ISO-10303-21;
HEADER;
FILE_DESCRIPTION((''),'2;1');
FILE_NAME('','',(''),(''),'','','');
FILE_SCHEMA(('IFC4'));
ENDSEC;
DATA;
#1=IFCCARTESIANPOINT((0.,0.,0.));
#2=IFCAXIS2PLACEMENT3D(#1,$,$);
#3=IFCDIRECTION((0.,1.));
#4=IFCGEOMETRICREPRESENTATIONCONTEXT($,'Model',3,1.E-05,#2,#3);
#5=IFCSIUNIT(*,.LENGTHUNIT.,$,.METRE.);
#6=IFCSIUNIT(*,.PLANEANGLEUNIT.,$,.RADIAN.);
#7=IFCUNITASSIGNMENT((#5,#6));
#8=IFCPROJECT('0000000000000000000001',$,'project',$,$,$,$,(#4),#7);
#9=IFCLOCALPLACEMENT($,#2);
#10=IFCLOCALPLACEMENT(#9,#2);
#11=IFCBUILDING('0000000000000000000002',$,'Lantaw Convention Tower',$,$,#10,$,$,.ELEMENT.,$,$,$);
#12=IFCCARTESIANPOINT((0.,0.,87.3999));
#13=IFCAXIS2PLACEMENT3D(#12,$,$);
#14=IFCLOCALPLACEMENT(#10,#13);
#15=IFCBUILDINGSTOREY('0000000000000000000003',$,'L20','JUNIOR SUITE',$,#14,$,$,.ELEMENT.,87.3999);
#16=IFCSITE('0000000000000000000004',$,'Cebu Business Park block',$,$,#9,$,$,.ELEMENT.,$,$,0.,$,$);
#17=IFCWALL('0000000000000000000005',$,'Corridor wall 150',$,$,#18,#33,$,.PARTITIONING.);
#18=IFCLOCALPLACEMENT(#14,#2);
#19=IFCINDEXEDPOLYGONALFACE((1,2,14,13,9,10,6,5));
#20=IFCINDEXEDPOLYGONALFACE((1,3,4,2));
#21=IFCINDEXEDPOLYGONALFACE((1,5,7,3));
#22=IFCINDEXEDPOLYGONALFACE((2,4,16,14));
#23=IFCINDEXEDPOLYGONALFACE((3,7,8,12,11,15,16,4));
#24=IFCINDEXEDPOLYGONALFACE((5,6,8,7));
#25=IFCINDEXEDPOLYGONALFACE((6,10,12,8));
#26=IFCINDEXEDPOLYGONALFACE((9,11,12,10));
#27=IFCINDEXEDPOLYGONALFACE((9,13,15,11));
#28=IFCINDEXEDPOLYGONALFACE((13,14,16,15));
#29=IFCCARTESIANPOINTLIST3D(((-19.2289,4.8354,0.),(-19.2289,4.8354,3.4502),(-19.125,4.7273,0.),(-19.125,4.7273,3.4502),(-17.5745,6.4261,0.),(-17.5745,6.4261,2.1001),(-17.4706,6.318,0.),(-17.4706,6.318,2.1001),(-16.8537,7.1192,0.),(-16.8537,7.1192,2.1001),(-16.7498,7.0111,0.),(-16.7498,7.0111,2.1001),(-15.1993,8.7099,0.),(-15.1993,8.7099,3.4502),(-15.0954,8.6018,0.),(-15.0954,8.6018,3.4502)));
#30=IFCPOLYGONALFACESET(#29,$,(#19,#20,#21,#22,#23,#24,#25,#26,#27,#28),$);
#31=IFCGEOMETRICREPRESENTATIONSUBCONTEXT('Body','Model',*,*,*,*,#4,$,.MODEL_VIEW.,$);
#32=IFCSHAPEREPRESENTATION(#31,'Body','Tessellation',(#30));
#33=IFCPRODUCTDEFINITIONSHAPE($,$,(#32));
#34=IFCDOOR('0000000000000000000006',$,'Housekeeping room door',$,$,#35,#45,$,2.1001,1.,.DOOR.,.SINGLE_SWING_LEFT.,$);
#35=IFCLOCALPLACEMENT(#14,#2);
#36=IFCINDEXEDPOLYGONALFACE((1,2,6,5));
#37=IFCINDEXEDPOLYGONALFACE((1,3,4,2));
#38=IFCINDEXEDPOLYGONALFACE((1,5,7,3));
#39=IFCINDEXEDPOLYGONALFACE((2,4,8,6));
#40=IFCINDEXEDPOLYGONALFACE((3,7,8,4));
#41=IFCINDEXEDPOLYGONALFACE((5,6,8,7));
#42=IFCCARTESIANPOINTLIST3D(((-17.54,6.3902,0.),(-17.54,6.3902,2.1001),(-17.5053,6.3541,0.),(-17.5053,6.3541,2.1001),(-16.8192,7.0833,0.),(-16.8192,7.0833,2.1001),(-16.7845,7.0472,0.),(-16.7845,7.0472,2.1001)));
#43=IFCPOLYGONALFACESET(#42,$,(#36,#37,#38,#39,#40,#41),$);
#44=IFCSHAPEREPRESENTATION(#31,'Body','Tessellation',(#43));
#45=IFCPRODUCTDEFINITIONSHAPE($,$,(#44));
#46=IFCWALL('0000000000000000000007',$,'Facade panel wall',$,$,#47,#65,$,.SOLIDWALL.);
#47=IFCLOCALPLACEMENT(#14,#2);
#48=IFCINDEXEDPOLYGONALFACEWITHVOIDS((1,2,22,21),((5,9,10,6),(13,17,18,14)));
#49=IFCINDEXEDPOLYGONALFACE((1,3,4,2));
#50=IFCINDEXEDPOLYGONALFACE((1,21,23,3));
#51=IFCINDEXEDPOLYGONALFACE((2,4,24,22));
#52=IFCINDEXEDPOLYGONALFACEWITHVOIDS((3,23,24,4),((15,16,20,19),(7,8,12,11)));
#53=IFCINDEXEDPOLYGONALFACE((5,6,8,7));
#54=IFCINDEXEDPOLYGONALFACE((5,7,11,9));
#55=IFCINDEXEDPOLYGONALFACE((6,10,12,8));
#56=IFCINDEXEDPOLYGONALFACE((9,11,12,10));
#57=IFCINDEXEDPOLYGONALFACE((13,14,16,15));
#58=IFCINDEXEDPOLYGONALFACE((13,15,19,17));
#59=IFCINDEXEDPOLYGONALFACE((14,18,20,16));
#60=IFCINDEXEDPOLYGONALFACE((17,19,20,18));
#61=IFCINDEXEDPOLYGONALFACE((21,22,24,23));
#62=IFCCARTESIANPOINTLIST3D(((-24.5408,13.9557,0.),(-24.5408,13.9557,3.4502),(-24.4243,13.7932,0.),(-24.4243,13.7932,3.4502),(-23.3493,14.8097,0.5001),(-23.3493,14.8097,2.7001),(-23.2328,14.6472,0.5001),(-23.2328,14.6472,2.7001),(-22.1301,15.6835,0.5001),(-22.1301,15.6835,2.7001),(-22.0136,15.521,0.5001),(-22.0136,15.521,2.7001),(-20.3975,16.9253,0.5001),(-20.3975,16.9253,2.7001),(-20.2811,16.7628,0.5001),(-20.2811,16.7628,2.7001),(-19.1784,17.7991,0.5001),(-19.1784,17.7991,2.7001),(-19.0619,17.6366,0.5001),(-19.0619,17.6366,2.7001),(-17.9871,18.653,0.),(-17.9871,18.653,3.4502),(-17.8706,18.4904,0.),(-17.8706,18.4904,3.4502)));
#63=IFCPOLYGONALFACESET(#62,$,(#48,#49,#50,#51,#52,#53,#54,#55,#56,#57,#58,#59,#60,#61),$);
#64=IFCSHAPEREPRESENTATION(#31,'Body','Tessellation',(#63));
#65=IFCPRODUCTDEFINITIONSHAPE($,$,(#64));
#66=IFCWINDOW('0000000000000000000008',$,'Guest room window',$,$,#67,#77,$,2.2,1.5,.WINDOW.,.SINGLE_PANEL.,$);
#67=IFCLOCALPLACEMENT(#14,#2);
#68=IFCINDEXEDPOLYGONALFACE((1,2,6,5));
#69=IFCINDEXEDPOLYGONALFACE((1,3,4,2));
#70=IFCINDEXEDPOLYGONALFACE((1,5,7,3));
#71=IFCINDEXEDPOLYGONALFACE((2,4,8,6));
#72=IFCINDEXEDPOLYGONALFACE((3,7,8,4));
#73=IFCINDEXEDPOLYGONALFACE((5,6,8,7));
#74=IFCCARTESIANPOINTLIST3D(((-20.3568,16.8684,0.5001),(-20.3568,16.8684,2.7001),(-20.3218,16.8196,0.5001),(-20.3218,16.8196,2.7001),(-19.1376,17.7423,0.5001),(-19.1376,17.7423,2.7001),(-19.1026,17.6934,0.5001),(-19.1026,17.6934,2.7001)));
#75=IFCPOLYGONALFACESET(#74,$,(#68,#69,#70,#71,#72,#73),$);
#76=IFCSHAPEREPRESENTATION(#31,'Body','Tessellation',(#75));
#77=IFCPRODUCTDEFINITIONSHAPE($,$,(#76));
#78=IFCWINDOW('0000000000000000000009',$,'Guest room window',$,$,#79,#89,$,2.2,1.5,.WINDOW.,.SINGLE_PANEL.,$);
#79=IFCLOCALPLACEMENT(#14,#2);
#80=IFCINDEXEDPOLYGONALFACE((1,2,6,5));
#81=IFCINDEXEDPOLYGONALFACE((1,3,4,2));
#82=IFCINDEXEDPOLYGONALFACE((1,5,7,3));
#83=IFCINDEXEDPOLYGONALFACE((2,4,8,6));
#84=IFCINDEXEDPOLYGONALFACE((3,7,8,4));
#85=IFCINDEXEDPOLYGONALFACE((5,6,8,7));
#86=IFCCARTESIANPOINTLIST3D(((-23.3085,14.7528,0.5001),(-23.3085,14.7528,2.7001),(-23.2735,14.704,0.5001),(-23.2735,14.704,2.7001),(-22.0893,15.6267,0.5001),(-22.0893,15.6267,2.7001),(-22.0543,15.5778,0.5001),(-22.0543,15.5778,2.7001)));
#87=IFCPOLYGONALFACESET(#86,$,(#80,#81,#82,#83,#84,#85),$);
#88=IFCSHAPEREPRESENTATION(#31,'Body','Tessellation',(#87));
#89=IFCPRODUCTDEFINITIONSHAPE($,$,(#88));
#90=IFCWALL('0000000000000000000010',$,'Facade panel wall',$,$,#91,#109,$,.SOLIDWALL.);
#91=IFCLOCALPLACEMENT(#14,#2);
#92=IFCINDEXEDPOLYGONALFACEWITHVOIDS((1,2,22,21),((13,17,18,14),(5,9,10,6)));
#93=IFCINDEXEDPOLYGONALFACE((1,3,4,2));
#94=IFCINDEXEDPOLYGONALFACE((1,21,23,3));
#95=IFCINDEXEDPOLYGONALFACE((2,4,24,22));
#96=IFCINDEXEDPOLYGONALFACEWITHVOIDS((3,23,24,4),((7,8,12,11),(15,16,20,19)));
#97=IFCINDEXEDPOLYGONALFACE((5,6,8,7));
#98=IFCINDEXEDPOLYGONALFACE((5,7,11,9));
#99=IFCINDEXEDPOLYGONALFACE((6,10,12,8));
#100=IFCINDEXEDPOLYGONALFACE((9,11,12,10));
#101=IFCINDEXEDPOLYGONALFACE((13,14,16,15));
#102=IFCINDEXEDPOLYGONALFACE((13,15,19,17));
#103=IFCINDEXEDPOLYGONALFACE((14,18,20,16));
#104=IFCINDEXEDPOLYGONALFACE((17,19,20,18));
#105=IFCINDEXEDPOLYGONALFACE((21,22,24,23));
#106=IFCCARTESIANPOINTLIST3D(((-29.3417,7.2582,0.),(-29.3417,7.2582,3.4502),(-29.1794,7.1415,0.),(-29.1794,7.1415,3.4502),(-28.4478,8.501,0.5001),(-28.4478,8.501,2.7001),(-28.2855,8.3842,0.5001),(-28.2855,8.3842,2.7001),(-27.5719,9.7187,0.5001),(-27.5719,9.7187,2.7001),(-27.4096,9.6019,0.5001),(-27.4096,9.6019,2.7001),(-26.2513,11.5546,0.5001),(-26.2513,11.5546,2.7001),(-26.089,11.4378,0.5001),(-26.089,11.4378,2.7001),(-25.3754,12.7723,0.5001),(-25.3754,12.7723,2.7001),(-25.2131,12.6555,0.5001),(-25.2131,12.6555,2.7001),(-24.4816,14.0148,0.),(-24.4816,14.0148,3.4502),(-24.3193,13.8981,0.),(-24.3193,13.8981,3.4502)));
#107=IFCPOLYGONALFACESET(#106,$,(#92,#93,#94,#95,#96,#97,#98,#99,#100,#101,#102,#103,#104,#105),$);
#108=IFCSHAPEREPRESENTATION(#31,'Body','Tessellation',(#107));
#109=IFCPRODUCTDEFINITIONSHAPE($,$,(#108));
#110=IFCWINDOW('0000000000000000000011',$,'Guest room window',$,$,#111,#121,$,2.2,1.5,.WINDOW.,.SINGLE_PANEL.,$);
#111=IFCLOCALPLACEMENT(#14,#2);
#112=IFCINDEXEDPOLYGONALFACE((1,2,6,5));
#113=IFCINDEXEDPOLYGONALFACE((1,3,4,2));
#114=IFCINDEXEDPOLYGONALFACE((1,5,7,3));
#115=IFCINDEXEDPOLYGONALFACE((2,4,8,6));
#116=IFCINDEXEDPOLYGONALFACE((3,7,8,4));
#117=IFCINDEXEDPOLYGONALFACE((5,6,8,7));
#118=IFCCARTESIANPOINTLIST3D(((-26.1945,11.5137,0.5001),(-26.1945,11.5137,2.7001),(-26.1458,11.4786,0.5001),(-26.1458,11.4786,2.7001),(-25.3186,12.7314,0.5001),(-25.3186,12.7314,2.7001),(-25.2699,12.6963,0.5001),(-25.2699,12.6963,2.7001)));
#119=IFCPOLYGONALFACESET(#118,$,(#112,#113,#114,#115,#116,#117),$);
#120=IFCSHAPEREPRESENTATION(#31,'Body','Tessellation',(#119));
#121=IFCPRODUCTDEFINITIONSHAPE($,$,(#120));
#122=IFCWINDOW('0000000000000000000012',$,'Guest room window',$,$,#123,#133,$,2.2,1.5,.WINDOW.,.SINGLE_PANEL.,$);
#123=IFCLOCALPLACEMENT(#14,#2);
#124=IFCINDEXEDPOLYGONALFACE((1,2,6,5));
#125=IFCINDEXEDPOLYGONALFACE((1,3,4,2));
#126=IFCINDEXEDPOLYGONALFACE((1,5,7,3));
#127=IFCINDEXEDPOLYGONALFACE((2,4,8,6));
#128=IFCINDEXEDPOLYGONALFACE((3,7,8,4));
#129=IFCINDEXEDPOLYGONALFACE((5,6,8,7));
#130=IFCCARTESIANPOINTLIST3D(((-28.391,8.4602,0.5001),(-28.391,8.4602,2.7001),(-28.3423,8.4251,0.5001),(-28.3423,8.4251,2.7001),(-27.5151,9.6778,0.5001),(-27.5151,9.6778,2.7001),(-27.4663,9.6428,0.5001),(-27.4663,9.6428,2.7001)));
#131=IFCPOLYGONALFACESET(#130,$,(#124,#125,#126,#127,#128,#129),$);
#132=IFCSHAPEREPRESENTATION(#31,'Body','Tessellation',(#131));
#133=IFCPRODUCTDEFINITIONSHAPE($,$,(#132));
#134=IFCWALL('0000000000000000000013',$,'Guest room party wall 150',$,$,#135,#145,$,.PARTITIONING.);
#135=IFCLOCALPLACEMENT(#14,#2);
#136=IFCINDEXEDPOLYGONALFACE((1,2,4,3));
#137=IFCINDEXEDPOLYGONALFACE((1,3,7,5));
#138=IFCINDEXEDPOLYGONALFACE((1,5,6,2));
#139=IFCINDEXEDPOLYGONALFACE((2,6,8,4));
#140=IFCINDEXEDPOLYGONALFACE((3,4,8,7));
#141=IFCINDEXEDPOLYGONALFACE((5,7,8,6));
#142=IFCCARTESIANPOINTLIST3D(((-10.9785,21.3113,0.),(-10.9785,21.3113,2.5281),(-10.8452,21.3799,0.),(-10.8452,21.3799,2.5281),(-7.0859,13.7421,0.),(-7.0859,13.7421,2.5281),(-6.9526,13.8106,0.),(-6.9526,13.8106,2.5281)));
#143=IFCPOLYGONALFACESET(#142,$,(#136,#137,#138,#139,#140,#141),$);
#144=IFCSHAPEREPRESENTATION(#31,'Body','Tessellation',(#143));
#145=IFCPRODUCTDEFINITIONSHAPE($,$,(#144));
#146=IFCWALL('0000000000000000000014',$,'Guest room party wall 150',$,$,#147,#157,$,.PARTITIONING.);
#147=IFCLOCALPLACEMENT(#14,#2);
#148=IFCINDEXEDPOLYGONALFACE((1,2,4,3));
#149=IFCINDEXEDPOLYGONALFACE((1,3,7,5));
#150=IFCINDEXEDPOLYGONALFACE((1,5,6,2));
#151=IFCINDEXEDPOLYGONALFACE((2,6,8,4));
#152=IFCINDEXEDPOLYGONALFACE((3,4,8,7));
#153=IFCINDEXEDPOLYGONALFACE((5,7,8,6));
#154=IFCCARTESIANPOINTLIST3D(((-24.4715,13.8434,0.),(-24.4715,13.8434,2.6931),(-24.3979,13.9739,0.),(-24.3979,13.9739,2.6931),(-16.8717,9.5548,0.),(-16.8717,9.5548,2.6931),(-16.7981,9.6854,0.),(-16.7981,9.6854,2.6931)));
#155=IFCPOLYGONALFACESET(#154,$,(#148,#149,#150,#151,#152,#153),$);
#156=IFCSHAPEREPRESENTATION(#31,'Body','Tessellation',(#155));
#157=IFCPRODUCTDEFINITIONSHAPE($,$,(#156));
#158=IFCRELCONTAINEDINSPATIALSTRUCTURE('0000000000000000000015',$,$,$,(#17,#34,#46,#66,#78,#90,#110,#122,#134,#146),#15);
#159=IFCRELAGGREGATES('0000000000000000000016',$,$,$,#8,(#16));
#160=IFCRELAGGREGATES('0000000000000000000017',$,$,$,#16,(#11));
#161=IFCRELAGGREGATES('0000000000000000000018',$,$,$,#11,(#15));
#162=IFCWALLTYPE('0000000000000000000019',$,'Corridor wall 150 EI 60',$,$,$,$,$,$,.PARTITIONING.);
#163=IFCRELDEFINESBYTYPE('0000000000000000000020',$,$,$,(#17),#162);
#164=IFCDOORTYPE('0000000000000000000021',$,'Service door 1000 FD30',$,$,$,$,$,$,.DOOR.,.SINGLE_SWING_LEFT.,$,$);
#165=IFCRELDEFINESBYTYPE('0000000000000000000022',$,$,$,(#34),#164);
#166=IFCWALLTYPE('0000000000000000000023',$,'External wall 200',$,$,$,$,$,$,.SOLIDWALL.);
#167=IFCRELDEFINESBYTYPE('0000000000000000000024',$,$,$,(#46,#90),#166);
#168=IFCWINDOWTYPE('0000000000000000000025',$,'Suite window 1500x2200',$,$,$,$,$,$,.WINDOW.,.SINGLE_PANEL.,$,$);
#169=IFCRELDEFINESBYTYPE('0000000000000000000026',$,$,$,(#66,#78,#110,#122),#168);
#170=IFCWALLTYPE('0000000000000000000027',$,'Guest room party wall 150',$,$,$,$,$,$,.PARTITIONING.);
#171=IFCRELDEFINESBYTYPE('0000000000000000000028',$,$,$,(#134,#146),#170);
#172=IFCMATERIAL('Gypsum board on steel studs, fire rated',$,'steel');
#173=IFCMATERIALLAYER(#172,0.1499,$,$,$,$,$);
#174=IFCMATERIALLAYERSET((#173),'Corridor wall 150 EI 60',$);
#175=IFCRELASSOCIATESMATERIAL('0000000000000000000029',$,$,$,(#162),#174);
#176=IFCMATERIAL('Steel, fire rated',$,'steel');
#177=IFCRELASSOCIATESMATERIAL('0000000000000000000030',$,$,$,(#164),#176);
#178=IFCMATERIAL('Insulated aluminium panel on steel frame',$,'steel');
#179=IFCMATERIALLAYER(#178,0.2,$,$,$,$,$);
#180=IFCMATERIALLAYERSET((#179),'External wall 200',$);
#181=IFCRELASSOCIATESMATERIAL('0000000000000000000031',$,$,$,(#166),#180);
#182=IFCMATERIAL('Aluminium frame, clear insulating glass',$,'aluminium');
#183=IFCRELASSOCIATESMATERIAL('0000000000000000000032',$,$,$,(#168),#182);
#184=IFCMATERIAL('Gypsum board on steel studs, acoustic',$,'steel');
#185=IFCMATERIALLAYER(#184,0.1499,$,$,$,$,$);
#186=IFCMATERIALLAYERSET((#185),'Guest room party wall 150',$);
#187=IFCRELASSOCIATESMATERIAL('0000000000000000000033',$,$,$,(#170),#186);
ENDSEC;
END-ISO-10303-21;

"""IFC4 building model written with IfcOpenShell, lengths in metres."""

from ifc_helpers import new_model, si_unit, direction, frame, frame_2d, origin, place, context, subcontext, project, spatial, rectangle, extrude, material, layer, layer_set, type_object, element, fill, save


model = new_model("IFC4")

# Units and contexts
model_context = context("Model", 3, precision=1e-05, world=origin(), true_north=direction((0.0, 1.0)))
body_context = subcontext(model_context, "Body", "Model", "MODEL_VIEW")
ifc_project = project(units=[si_unit("LENGTHUNIT", "METRE"), si_unit("PLANEANGLEUNIT", "RADIAN")], contexts=[model_context])

# Site, building, storey
site_placement = place(None, origin())
site = spatial("IfcSite", under=ifc_project, at=site_placement, Name="Cebu Business Park block", CompositionType="ELEMENT", RefElevation=0.0)
building_placement = place(site_placement, origin())
building = spatial("IfcBuilding", under=site, at=building_placement, Name="Lantaw Convention Tower", CompositionType="ELEMENT")
storey_placement = place(building_placement, frame((0.0, 0.0, 87.3999)))
storey = spatial("IfcBuildingStorey", under=building, at=storey_placement, Name="L20", Description="JUNIOR SUITE", CompositionType="ELEMENT", Elevation=87.3999)

# Shared definitions
ifc_material_1 = material(Name="Steel, fire rated", Category="steel")

# Shared definitions
ifc_material_2 = material(Name="Gypsum board on steel studs, fire rated", Category="steel")
ifc_layer_1 = layer(ifc_material_2, 0.1499)
ifc_layer_set_1 = layer_set([ifc_layer_1], Name="Corridor wall 150 EI 60")
wall_type_1 = type_object("IfcWallType", Name="Corridor wall 150 EI 60", PredefinedType="PARTITIONING", material=ifc_layer_set_1)

# Wall, opening, door
wall_1_placement = place(storey_placement, frame((-15.1475, 8.6558, 0.0), z_axis=(0.0, 0.0, 1.0), x_axis=(-0.720837, -0.693104, 0.0)))
wall_1 = element("IfcWall", 1, at=wall_1_placement, inside=storey, type_object=wall_type_1, Name="Corridor wall 150", PredefinedType="PARTITIONING", context=body_context, shape_type="SweptSolid", body=[
    extrude(rectangle(XDim=5.5901, YDim=0.1499, at=frame_2d((2.7949, 0.0))), origin(), (0.0, 0.0, 1.0), 3.4502),
])
opening_1_placement = place(wall_1_placement, frame((2.2949, 0.0, 0.0)))
opening_1 = element("IfcOpeningElement", 2, at=opening_1_placement, cuts=wall_1, PredefinedType="OPENING", context=body_context, shape_type="SweptSolid", body=[
    extrude(rectangle(XDim=1.0, YDim=2.1001, at=frame_2d((0.5, 1.05))), frame((0.0, 0.085, 0.0), z_axis=(0.0, -1.0, 0.0), x_axis=(1.0, 0.0, 0.0)), (0.0, 0.0, 1.0), 0.1699),
])
door_type_1 = type_object("IfcDoorType", Name="Service door 1000 FD30", OperationType="SINGLE_SWING_LEFT", PredefinedType="DOOR", material=ifc_material_1)
door_1_placement = place(opening_1_placement, origin())
door_1 = element("IfcDoor", 3, at=door_1_placement, inside=storey, type_object=door_type_1, Name="Housekeeping room door", OperationType="SINGLE_SWING_LEFT", OverallHeight=2.1001, OverallWidth=1.0, PredefinedType="DOOR", context=body_context, shape_type="SweptSolid", body=[
    extrude(rectangle(XDim=1.0, YDim=2.1001, at=frame_2d((0.5, 1.05))), frame((0.0, 0.0249, 0.0), z_axis=(0.0, -1.0, 0.0), x_axis=(1.0, 0.0, 0.0)), (0.0, 0.0, 1.0), 0.05),
])
fill(opening_1, door_1)

# Walls, openings, windows
ifc_material_3 = material(Name="Insulated aluminium panel on steel frame", Category="steel")
ifc_layer_2 = layer(ifc_material_3, 0.2)
ifc_layer_set_2 = layer_set([ifc_layer_2], Name="External wall 200")
wall_type_2 = type_object("IfcWallType", Name="External wall 200", PredefinedType="SOLIDWALL", material=ifc_layer_set_2)
wall_2_placement = place(storey_placement, frame((-17.9287, 18.5718, 0.0), z_axis=(0.0, 0.0, 1.0), x_axis=(-0.812791, -0.582555, 0.0)))
wall_2 = element("IfcWall", 4, at=wall_2_placement, inside=storey, type_object=wall_type_2, Name="Facade panel wall", PredefinedType="SOLIDWALL", context=body_context, shape_type="SweptSolid", body=[
    extrude(rectangle(XDim=8.0632, YDim=0.2, at=frame_2d((4.0317, 0.0))), origin(), (0.0, 0.0, 1.0), 3.4502),
])
opening_2_placement = place(wall_2_placement, frame((1.4658, 0.0, 0.5)))
opening_2 = element("IfcOpeningElement", 5, at=opening_2_placement, cuts=wall_2, PredefinedType="OPENING", context=body_context, shape_type="SweptSolid", body=[
    extrude(rectangle(XDim=1.5, YDim=2.2, at=frame_2d((0.75, 1.1001))), frame((0.0, 0.1099, 0.0), z_axis=(0.0, -1.0, 0.0), x_axis=(1.0, 0.0, 0.0)), (0.0, 0.0, 1.0), 0.22),
])
opening_3_placement = place(wall_2_placement, frame((5.0974, 0.0, 0.5)))
opening_3 = element("IfcOpeningElement", 6, at=opening_3_placement, cuts=wall_2, PredefinedType="OPENING", context=body_context, shape_type="SweptSolid", body=[
    extrude(rectangle(XDim=1.5, YDim=2.2, at=frame_2d((0.75, 1.1001))), frame((0.0, 0.1099, 0.0), z_axis=(0.0, -1.0, 0.0), x_axis=(1.0, 0.0, 0.0)), (0.0, 0.0, 1.0), 0.22),
])
ifc_material_4 = material(Name="Aluminium frame, clear insulating glass", Category="aluminium")
window_type = type_object("IfcWindowType", Name="Suite window 1500x2200", PartitioningType="SINGLE_PANEL", PredefinedType="WINDOW", material=ifc_material_4)
window_1_placement = place(opening_2_placement, origin())
window_1 = element("IfcWindow", 7, at=window_1_placement, inside=storey, type_object=window_type, Name="Guest room window", OverallHeight=2.2, OverallWidth=1.5, PartitioningType="SINGLE_PANEL", PredefinedType="WINDOW", context=body_context, shape_type="SweptSolid", body=[
    extrude(rectangle(XDim=1.5, YDim=2.2, at=frame_2d((0.75, 1.1001))), frame((0.0, 0.03, 0.0), z_axis=(0.0, -1.0, 0.0), x_axis=(1.0, 0.0, 0.0)), (0.0, 0.0, 1.0), 0.0601),
])
fill(opening_2, window_1)
window_2_placement = place(opening_3_placement, origin())
window_2 = element("IfcWindow", 8, at=window_2_placement, inside=storey, type_object=window_type, Name="Guest room window", OverallHeight=2.2, OverallWidth=1.5, PartitioningType="SINGLE_PANEL", PredefinedType="WINDOW", context=body_context, shape_type="SweptSolid", body=[
    extrude(rectangle(XDim=1.5, YDim=2.2, at=frame_2d((0.75, 1.1001))), frame((0.0, 0.03, 0.0), z_axis=(0.0, -1.0, 0.0), x_axis=(1.0, 0.0, 0.0)), (0.0, 0.0, 1.0), 0.0601),
])
fill(opening_3, window_2)
wall_3_placement = place(storey_placement, frame((-24.4004, 13.9565, 0.0), z_axis=(0.0, 0.0, 1.0), x_axis=(-0.583938, -0.811799, 0.0)))
wall_3 = element("IfcWall", 9, at=wall_3_placement, inside=storey, type_object=wall_type_2, Name="Facade panel wall", PredefinedType="SOLIDWALL", context=body_context, shape_type="SweptSolid", body=[
    extrude(rectangle(XDim=8.323, YDim=0.2, at=frame_2d((4.1616, 0.0))), origin(), (0.0, 0.0, 1.0), 3.4502),
])
opening_4_placement = place(wall_3_placement, frame((1.5308, 0.0, 0.5)))
opening_4 = element("IfcOpeningElement", 10, at=opening_4_placement, cuts=wall_3, PredefinedType="OPENING", context=body_context, shape_type="SweptSolid", body=[
    extrude(rectangle(XDim=1.5, YDim=2.2, at=frame_2d((0.75, 1.1001))), frame((0.0, 0.1099, 0.0), z_axis=(0.0, -1.0, 0.0), x_axis=(1.0, 0.0, 0.0)), (0.0, 0.0, 1.0), 0.22),
])
opening_5_placement = place(wall_3_placement, frame((5.2922, 0.0, 0.5)))
opening_5 = element("IfcOpeningElement", 11, at=opening_5_placement, cuts=wall_3, PredefinedType="OPENING", context=body_context, shape_type="SweptSolid", body=[
    extrude(rectangle(XDim=1.5, YDim=2.2, at=frame_2d((0.75, 1.1001))), frame((0.0, 0.1099, 0.0), z_axis=(0.0, -1.0, 0.0), x_axis=(1.0, 0.0, 0.0)), (0.0, 0.0, 1.0), 0.22),
])
window_3_placement = place(opening_4_placement, origin())
window_3 = element("IfcWindow", 12, at=window_3_placement, inside=storey, type_object=window_type, Name="Guest room window", OverallHeight=2.2, OverallWidth=1.5, PartitioningType="SINGLE_PANEL", PredefinedType="WINDOW", context=body_context, shape_type="SweptSolid", body=[
    extrude(rectangle(XDim=1.5, YDim=2.2, at=frame_2d((0.75, 1.1001))), frame((0.0, 0.03, 0.0), z_axis=(0.0, -1.0, 0.0), x_axis=(1.0, 0.0, 0.0)), (0.0, 0.0, 1.0), 0.0601),
])
fill(opening_4, window_3)
window_4_placement = place(opening_5_placement, origin())
window_4 = element("IfcWindow", 13, at=window_4_placement, inside=storey, type_object=window_type, Name="Guest room window", OverallHeight=2.2, OverallWidth=1.5, PartitioningType="SINGLE_PANEL", PredefinedType="WINDOW", context=body_context, shape_type="SweptSolid", body=[
    extrude(rectangle(XDim=1.5, YDim=2.2, at=frame_2d((0.75, 1.1001))), frame((0.0, 0.03, 0.0), z_axis=(0.0, -1.0, 0.0), x_axis=(1.0, 0.0, 0.0)), (0.0, 0.0, 1.0), 0.0601),
])
fill(opening_5, window_4)

# Walls
ifc_material_5 = material(Name="Gypsum board on steel studs, acoustic", Category="steel")
ifc_layer_3 = layer(ifc_material_5, 0.1499)
ifc_layer_set_3 = layer_set([ifc_layer_3], Name="Guest room party wall 150")
wall_type_3 = type_object("IfcWallType", Name="Guest room party wall 150", PredefinedType="PARTITIONING", material=ifc_layer_set_3)
wall_4_placement = place(storey_placement, frame((-10.9119, 21.3457, 0.0), z_axis=(0.0, 0.0, 1.0), x_axis=(0.457327, -0.889298, 0.0)))
element("IfcWall", 14, at=wall_4_placement, inside=storey, type_object=wall_type_3, Name="Guest room party wall 150", PredefinedType="PARTITIONING", context=body_context, shape_type="SweptSolid", body=[
    extrude(rectangle(XDim=8.5115, YDim=0.1499, at=frame_2d((4.2559, 0.0))), origin(), (0.0, 0.0, 1.0), 2.5281),
])
wall_5_placement = place(storey_placement, frame((-24.4348, 13.9087, 0.0), z_axis=(0.0, 0.0, 1.0), x_axis=(0.870906, -0.49145, 0.0)))
element("IfcWall", 15, at=wall_5_placement, inside=storey, type_object=wall_type_3, Name="Guest room party wall 150", PredefinedType="PARTITIONING", context=body_context, shape_type="SweptSolid", body=[
    extrude(rectangle(XDim=8.7263, YDim=0.1499, at=frame_2d((4.3633, 0.0))), origin(), (0.0, 0.0, 1.0), 2.6931),
])

save(model, "model.ifc")
